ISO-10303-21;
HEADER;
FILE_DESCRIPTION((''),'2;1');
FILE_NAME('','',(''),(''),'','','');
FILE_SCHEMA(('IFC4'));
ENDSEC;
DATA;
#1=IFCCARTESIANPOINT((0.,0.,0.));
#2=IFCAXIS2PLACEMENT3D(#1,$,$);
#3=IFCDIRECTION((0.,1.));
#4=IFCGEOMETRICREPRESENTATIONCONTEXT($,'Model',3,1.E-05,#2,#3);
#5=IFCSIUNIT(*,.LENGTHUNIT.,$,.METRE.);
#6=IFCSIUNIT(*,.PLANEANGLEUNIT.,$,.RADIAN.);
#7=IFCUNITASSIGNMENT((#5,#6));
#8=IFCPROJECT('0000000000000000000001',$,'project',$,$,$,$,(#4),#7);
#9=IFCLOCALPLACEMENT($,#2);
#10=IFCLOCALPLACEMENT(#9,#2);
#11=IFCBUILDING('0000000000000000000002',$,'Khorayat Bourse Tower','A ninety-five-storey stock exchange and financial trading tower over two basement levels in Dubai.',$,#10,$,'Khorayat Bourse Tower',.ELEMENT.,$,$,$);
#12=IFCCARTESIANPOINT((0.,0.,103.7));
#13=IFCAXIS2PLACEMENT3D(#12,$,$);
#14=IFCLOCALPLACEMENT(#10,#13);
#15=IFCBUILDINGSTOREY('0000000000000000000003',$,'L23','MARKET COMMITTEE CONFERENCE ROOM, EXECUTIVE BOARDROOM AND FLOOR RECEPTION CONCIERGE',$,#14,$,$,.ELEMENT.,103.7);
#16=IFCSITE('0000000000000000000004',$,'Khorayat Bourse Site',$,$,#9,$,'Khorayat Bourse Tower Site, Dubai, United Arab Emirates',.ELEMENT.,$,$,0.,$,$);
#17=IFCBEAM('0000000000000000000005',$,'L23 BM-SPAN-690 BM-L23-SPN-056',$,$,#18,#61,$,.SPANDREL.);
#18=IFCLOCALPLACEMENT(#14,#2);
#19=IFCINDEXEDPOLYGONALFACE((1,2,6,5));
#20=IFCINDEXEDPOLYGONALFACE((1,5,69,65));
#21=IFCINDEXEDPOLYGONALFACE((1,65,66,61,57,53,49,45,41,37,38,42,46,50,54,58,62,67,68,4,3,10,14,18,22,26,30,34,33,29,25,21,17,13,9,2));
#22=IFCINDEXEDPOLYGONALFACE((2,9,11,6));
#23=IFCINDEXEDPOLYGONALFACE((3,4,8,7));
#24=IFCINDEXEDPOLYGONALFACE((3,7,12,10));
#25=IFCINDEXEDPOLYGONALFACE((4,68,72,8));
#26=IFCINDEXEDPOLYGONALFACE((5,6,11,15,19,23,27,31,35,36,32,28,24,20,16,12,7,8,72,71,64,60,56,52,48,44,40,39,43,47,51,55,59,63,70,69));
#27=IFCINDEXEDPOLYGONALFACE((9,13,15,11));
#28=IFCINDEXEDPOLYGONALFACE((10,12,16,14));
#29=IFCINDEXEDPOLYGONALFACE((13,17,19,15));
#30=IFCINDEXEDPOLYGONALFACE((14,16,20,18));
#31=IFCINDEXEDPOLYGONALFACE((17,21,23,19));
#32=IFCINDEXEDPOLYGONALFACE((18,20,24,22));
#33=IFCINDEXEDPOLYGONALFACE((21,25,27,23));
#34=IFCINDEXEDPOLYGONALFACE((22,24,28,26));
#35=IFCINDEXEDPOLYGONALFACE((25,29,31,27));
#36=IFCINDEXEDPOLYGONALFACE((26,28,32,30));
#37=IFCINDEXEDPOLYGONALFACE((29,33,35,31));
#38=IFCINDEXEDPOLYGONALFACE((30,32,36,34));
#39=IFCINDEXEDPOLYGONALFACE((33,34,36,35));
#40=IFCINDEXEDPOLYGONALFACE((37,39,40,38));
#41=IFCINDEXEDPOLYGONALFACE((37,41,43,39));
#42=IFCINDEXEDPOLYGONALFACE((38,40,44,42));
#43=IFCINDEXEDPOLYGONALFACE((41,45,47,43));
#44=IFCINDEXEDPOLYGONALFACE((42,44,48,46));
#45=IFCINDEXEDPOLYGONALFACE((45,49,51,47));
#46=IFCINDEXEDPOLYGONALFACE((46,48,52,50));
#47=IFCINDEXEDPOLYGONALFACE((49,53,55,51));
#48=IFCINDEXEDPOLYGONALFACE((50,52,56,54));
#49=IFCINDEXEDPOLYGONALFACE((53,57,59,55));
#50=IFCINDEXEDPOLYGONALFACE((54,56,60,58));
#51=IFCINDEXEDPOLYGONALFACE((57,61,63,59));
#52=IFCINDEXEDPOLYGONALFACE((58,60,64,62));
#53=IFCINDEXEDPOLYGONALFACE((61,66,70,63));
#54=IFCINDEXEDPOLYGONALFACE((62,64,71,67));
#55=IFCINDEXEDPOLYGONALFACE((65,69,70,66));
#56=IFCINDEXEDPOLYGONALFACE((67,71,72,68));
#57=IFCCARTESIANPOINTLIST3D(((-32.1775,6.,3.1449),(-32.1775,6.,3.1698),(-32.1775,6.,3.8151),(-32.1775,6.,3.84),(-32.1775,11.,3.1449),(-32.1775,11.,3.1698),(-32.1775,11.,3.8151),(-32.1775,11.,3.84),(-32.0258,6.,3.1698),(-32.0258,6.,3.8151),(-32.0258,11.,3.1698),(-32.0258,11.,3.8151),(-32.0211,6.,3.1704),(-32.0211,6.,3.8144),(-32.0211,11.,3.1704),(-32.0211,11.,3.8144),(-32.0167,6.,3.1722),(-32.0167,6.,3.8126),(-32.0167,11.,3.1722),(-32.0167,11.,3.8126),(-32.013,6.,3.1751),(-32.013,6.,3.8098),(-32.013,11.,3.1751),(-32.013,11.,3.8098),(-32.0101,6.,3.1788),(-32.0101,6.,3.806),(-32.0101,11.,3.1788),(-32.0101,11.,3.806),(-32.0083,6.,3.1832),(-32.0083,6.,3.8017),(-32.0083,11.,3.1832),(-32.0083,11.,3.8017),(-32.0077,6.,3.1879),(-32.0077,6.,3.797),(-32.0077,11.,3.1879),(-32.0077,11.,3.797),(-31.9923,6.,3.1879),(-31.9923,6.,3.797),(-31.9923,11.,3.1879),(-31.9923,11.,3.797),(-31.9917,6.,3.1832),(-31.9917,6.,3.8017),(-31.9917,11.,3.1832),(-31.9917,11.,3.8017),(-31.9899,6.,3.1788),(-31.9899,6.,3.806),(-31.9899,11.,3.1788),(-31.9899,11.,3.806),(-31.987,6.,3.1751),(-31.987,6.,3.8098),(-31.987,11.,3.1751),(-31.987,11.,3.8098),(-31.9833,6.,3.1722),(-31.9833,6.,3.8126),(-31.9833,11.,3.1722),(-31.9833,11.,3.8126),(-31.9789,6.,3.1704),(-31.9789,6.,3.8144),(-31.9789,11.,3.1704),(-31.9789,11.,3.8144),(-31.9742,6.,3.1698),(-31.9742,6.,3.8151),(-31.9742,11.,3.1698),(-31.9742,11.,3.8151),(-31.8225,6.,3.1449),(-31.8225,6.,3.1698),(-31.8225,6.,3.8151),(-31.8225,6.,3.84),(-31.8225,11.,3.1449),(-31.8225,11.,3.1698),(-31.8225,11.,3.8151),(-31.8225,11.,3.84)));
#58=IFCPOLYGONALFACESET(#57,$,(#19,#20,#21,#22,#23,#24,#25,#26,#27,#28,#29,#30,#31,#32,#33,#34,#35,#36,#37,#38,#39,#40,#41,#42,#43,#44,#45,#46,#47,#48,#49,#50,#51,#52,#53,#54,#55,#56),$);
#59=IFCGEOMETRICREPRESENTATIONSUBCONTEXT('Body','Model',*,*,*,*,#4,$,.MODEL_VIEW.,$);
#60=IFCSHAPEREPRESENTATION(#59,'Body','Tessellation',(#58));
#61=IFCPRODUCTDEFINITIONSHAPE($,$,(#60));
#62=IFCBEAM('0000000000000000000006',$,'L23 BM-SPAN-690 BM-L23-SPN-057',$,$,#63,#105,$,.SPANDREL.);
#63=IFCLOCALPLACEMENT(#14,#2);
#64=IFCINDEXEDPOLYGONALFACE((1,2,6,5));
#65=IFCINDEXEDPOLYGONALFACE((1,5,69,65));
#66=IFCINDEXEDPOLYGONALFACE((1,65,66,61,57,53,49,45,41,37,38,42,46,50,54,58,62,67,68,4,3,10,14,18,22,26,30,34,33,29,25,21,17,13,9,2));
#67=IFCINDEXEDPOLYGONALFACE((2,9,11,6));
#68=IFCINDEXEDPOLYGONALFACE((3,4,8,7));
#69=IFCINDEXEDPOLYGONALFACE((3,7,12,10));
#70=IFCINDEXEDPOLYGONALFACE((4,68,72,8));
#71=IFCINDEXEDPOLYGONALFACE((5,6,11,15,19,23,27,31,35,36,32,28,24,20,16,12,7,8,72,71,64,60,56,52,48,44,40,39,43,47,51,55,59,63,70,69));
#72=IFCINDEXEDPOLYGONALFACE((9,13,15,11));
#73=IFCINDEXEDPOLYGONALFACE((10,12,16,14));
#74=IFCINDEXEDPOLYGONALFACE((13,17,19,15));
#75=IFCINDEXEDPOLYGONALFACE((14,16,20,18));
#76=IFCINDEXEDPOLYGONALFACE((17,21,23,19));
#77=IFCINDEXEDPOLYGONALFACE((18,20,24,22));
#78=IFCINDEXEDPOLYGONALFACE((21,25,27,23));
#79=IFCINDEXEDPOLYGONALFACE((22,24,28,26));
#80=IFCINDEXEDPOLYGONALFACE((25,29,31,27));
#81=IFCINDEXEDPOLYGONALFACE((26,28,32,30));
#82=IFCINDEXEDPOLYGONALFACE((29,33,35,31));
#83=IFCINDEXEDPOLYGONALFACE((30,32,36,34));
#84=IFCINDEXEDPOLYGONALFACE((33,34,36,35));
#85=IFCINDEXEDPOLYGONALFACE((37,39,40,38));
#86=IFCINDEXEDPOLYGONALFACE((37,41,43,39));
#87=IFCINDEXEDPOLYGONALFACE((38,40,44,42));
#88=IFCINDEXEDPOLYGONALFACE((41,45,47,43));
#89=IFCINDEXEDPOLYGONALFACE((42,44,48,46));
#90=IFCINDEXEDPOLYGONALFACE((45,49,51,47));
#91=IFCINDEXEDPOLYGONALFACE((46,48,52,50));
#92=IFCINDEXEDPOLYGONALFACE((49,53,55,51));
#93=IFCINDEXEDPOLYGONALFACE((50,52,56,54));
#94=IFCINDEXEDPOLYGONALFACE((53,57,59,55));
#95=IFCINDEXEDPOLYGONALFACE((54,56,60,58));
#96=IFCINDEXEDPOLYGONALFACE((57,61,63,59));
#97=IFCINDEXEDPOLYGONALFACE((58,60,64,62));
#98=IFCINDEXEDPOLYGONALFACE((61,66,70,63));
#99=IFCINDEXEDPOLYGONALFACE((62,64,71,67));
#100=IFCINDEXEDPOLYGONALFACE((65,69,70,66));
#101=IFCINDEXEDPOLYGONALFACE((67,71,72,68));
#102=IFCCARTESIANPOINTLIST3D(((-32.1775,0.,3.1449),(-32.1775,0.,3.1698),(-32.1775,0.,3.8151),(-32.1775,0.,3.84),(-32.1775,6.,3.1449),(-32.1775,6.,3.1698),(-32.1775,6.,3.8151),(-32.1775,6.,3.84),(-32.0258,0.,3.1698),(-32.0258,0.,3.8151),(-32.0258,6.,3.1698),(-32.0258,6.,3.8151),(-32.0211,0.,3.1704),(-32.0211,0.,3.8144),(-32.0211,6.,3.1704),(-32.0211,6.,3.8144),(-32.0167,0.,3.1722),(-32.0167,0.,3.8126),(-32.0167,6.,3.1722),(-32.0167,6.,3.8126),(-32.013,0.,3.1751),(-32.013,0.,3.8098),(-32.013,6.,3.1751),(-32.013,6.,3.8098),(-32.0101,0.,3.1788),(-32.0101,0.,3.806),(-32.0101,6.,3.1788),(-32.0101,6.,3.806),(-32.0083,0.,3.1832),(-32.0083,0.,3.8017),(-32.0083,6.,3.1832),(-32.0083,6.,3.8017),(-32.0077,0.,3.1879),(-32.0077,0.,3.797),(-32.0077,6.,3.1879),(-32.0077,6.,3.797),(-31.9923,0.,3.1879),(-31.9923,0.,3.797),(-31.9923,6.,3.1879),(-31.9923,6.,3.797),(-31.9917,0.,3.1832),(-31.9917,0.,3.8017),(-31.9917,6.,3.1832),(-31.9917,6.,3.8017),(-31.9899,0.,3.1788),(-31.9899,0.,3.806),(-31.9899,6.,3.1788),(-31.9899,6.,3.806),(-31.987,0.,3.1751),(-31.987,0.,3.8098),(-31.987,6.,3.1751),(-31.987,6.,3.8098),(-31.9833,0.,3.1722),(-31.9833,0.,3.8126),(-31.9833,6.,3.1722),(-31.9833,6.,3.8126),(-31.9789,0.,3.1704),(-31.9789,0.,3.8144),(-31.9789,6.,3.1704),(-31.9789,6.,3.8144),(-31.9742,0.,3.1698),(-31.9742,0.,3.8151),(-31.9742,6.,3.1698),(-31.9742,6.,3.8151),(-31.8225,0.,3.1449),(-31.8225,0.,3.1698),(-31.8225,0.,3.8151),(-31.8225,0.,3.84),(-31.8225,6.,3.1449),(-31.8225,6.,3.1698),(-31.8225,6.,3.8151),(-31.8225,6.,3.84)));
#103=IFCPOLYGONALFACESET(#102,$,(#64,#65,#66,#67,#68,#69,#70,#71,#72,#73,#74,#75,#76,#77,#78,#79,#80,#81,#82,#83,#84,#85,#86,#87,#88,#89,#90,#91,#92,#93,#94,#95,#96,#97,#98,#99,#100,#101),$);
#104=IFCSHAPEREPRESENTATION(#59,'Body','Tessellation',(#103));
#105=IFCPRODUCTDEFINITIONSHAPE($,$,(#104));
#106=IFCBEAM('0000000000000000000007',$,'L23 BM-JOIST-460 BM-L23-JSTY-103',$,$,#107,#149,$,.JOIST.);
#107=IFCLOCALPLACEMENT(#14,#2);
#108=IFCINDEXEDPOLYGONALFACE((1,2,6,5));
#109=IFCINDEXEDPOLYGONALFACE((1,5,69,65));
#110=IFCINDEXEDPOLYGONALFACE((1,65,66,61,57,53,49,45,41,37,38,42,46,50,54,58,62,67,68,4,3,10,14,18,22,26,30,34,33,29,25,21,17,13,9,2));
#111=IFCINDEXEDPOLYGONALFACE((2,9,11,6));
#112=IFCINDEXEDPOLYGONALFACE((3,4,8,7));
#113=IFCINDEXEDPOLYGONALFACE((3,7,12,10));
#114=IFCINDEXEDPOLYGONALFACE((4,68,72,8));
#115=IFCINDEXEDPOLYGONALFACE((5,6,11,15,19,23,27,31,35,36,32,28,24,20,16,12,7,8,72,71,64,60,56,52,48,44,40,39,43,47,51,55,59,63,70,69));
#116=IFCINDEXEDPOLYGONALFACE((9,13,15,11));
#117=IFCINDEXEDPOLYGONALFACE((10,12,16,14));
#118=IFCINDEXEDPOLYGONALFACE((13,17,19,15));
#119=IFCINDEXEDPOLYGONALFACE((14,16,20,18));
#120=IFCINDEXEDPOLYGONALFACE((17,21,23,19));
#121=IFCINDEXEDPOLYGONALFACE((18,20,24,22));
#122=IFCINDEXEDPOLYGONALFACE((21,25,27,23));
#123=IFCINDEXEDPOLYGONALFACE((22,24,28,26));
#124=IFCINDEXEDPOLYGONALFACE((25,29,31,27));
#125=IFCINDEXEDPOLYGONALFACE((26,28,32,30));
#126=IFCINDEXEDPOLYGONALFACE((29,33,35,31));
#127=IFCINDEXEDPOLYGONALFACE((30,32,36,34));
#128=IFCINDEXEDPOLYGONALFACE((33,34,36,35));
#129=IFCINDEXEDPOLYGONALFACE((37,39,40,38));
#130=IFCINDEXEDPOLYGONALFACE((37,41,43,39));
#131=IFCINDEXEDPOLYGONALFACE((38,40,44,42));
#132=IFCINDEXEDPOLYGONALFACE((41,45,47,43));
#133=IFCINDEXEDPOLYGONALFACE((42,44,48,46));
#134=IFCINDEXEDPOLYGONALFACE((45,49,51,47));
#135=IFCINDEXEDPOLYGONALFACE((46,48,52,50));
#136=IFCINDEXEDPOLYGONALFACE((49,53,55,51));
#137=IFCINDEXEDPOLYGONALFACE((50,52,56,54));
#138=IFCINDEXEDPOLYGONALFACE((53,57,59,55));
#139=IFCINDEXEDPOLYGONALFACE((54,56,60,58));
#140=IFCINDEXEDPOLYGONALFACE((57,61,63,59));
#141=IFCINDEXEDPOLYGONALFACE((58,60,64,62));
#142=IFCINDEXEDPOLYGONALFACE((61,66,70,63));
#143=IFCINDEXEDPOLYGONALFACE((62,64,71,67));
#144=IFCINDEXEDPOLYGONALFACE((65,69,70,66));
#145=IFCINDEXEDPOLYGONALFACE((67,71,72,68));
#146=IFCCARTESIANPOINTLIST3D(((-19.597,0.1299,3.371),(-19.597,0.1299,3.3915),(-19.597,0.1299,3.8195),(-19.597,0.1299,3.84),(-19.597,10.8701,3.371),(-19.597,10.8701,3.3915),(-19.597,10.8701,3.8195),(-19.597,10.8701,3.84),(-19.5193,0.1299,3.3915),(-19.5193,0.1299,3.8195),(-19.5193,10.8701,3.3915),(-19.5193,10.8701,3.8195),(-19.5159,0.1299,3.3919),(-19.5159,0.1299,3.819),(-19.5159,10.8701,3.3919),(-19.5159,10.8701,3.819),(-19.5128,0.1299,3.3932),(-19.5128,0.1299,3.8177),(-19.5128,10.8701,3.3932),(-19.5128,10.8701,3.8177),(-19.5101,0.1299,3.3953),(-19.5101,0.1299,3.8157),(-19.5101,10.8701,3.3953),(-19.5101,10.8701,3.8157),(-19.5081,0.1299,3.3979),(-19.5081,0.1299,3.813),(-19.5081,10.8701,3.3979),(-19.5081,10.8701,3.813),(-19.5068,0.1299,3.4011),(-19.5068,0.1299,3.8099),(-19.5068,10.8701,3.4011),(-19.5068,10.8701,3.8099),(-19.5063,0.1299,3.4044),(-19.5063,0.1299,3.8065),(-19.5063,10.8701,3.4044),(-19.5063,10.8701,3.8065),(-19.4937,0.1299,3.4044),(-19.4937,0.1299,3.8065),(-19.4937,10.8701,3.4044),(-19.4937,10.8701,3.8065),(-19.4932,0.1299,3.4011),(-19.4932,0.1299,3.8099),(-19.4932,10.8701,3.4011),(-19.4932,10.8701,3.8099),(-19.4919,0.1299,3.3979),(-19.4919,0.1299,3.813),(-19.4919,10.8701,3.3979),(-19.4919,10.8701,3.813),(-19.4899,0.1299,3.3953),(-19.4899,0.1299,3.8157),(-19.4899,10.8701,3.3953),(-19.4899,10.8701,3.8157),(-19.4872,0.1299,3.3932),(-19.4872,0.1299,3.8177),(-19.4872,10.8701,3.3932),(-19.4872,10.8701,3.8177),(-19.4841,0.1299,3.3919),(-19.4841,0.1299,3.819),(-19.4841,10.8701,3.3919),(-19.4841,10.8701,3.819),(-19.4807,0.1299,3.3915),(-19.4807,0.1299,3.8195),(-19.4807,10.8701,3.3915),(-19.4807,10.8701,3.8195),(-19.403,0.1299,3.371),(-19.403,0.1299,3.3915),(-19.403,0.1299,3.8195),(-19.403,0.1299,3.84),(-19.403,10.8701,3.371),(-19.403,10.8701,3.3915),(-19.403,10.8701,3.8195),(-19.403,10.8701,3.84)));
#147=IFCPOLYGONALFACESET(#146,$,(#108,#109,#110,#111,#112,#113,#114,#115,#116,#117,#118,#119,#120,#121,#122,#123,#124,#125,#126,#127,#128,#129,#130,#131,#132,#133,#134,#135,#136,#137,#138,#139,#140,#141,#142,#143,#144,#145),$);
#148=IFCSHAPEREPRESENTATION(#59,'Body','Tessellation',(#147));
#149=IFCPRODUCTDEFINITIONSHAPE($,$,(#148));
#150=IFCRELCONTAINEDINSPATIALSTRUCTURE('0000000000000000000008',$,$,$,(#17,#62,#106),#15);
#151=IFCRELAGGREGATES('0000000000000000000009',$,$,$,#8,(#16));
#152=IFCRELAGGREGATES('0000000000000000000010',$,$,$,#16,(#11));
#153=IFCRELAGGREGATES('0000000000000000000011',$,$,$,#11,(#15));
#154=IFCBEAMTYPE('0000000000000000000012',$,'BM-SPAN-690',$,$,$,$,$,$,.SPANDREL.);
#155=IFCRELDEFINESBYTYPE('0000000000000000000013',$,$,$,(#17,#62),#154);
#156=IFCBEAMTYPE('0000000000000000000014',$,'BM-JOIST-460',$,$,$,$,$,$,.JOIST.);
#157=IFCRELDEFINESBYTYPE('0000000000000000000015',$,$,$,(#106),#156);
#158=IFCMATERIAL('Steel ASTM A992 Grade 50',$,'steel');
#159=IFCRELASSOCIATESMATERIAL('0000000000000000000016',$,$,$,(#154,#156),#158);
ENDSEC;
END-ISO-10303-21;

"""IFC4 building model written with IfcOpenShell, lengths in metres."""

from ifc_helpers import new_model, si_unit, direction, frame, origin, origin_2d, place, context, subcontext, project, spatial, i_section, extrude, source, transform, mapped, material, material_profile, profile_set, type_object, element, save


model = new_model("IFC4")

# Units and contexts
model_context = context("Model", 3, precision=1e-05, world=origin(), true_north=direction((0.0, 1.0)))
body_context = subcontext(model_context, "Body", "Model", "MODEL_VIEW")
ifc_project = project(units=[si_unit("LENGTHUNIT", "METRE"), si_unit("PLANEANGLEUNIT", "RADIAN")], contexts=[model_context])

# Site, building, storey
site_placement = place(None, origin())
site = spatial("IfcSite", under=ifc_project, at=site_placement, Name="Khorayat Bourse Site", LongName="Khorayat Bourse Tower Site, Dubai, United Arab Emirates", CompositionType="ELEMENT", RefElevation=0.0)
building_placement = place(site_placement, origin())
building = spatial("IfcBuilding", under=site, at=building_placement, Name="Khorayat Bourse Tower", Description="A ninety-five-storey stock exchange and financial trading tower over two basement levels in Dubai.", LongName="Khorayat Bourse Tower", CompositionType="ELEMENT")
storey_placement = place(building_placement, frame((0.0, 0.0, 103.7)))
storey = spatial("IfcBuildingStorey", under=building, at=storey_placement, Name="L23", Description="MARKET COMMITTEE CONFERENCE ROOM, EXECUTIVE BOARDROOM AND FLOOR RECEPTION CONCIERGE", CompositionType="ELEMENT", Elevation=103.7)

# Beams
ifc_material_1 = material(Name="Steel ASTM A992 Grade 50", Category="steel")
ifc_material_profile_1 = material_profile(ifc_material_1, i_section(OverallWidth=0.355, OverallDepth=0.6951, WebThickness=0.0154, FlangeThickness=0.0249, FilletRadius=0.0181, at=origin_2d()), Name="W690X217")
ifc_profile_set_1 = profile_set([ifc_material_profile_1], Name="Steel ASTM A992 Grade 50")
beam_type_1 = type_object("IfcBeamType", Name="BM-SPAN-690", PredefinedType="SPANDREL", material=ifc_profile_set_1)
shared_shape_1 = source(origin(), body_context, "Body", "SweptSolid", [
    extrude(i_section(OverallWidth=0.355, OverallDepth=0.6951, WebThickness=0.0154, FlangeThickness=0.0249, FilletRadius=0.0181, at=origin_2d()), origin(), (0.0, 0.0, 1.0), 5.0),
])
beam_1_placement = place(storey_placement, frame((-32.0, 6.0, 3.4924), z_axis=(0.0, 1.0, 0.0), x_axis=(-1.0, 0.0, 0.0)))
element("IfcBeam", 1, at=beam_1_placement, inside=storey, type_object=beam_type_1, Name="L23 BM-SPAN-690 BM-L23-SPN-056", PredefinedType="SPANDREL", context=body_context, shape_type="MappedRepresentation", body=[
    mapped(shared_shape_1, transform((0.0, 0.0, 0.0), scale=1.0)),
])
shared_shape_2 = source(origin(), body_context, "Body", "SweptSolid", [
    extrude(i_section(OverallWidth=0.355, OverallDepth=0.6951, WebThickness=0.0154, FlangeThickness=0.0249, FilletRadius=0.0181, at=origin_2d()), origin(), (0.0, 0.0, 1.0), 6.0),
])
beam_2_placement = place(storey_placement, frame((-32.0, 0.0, 3.4924), z_axis=(0.0, 1.0, 0.0), x_axis=(-1.0, 0.0, 0.0)))
element("IfcBeam", 2, at=beam_2_placement, inside=storey, type_object=beam_type_1, Name="L23 BM-SPAN-690 BM-L23-SPN-057", PredefinedType="SPANDREL", context=body_context, shape_type="MappedRepresentation", body=[
    mapped(shared_shape_2, transform((0.0, 0.0, 0.0), scale=1.0)),
])
ifc_material_profile_2 = material_profile(ifc_material_1, i_section(OverallWidth=0.1941, OverallDepth=0.469, WebThickness=0.0127, FlangeThickness=0.0205, FilletRadius=0.0129, at=origin_2d()), Name="W460X106")
ifc_profile_set_2 = profile_set([ifc_material_profile_2], Name="Steel ASTM A992 Grade 50")
beam_type_2 = type_object("IfcBeamType", Name="BM-JOIST-460", PredefinedType="JOIST", material=ifc_profile_set_2)
shared_shape_3 = source(origin(), body_context, "Body", "SweptSolid", [
    extrude(i_section(OverallWidth=0.1941, OverallDepth=0.469, WebThickness=0.0127, FlangeThickness=0.0205, FilletRadius=0.0129, at=origin_2d()), origin(), (0.0, 0.0, 1.0), 10.7402),
])
beam_3_placement = place(storey_placement, frame((-19.5, 0.1299, 3.6055), z_axis=(0.0, 1.0, 0.0), x_axis=(-1.0, 0.0, 0.0)))
element("IfcBeam", 3, at=beam_3_placement, inside=storey, type_object=beam_type_2, Name="L23 BM-JOIST-460 BM-L23-JSTY-103", PredefinedType="JOIST", context=body_context, shape_type="MappedRepresentation", body=[
    mapped(shared_shape_3, transform((0.0, 0.0, 0.0), scale=1.0)),
])

save(model, "model.ifc")
